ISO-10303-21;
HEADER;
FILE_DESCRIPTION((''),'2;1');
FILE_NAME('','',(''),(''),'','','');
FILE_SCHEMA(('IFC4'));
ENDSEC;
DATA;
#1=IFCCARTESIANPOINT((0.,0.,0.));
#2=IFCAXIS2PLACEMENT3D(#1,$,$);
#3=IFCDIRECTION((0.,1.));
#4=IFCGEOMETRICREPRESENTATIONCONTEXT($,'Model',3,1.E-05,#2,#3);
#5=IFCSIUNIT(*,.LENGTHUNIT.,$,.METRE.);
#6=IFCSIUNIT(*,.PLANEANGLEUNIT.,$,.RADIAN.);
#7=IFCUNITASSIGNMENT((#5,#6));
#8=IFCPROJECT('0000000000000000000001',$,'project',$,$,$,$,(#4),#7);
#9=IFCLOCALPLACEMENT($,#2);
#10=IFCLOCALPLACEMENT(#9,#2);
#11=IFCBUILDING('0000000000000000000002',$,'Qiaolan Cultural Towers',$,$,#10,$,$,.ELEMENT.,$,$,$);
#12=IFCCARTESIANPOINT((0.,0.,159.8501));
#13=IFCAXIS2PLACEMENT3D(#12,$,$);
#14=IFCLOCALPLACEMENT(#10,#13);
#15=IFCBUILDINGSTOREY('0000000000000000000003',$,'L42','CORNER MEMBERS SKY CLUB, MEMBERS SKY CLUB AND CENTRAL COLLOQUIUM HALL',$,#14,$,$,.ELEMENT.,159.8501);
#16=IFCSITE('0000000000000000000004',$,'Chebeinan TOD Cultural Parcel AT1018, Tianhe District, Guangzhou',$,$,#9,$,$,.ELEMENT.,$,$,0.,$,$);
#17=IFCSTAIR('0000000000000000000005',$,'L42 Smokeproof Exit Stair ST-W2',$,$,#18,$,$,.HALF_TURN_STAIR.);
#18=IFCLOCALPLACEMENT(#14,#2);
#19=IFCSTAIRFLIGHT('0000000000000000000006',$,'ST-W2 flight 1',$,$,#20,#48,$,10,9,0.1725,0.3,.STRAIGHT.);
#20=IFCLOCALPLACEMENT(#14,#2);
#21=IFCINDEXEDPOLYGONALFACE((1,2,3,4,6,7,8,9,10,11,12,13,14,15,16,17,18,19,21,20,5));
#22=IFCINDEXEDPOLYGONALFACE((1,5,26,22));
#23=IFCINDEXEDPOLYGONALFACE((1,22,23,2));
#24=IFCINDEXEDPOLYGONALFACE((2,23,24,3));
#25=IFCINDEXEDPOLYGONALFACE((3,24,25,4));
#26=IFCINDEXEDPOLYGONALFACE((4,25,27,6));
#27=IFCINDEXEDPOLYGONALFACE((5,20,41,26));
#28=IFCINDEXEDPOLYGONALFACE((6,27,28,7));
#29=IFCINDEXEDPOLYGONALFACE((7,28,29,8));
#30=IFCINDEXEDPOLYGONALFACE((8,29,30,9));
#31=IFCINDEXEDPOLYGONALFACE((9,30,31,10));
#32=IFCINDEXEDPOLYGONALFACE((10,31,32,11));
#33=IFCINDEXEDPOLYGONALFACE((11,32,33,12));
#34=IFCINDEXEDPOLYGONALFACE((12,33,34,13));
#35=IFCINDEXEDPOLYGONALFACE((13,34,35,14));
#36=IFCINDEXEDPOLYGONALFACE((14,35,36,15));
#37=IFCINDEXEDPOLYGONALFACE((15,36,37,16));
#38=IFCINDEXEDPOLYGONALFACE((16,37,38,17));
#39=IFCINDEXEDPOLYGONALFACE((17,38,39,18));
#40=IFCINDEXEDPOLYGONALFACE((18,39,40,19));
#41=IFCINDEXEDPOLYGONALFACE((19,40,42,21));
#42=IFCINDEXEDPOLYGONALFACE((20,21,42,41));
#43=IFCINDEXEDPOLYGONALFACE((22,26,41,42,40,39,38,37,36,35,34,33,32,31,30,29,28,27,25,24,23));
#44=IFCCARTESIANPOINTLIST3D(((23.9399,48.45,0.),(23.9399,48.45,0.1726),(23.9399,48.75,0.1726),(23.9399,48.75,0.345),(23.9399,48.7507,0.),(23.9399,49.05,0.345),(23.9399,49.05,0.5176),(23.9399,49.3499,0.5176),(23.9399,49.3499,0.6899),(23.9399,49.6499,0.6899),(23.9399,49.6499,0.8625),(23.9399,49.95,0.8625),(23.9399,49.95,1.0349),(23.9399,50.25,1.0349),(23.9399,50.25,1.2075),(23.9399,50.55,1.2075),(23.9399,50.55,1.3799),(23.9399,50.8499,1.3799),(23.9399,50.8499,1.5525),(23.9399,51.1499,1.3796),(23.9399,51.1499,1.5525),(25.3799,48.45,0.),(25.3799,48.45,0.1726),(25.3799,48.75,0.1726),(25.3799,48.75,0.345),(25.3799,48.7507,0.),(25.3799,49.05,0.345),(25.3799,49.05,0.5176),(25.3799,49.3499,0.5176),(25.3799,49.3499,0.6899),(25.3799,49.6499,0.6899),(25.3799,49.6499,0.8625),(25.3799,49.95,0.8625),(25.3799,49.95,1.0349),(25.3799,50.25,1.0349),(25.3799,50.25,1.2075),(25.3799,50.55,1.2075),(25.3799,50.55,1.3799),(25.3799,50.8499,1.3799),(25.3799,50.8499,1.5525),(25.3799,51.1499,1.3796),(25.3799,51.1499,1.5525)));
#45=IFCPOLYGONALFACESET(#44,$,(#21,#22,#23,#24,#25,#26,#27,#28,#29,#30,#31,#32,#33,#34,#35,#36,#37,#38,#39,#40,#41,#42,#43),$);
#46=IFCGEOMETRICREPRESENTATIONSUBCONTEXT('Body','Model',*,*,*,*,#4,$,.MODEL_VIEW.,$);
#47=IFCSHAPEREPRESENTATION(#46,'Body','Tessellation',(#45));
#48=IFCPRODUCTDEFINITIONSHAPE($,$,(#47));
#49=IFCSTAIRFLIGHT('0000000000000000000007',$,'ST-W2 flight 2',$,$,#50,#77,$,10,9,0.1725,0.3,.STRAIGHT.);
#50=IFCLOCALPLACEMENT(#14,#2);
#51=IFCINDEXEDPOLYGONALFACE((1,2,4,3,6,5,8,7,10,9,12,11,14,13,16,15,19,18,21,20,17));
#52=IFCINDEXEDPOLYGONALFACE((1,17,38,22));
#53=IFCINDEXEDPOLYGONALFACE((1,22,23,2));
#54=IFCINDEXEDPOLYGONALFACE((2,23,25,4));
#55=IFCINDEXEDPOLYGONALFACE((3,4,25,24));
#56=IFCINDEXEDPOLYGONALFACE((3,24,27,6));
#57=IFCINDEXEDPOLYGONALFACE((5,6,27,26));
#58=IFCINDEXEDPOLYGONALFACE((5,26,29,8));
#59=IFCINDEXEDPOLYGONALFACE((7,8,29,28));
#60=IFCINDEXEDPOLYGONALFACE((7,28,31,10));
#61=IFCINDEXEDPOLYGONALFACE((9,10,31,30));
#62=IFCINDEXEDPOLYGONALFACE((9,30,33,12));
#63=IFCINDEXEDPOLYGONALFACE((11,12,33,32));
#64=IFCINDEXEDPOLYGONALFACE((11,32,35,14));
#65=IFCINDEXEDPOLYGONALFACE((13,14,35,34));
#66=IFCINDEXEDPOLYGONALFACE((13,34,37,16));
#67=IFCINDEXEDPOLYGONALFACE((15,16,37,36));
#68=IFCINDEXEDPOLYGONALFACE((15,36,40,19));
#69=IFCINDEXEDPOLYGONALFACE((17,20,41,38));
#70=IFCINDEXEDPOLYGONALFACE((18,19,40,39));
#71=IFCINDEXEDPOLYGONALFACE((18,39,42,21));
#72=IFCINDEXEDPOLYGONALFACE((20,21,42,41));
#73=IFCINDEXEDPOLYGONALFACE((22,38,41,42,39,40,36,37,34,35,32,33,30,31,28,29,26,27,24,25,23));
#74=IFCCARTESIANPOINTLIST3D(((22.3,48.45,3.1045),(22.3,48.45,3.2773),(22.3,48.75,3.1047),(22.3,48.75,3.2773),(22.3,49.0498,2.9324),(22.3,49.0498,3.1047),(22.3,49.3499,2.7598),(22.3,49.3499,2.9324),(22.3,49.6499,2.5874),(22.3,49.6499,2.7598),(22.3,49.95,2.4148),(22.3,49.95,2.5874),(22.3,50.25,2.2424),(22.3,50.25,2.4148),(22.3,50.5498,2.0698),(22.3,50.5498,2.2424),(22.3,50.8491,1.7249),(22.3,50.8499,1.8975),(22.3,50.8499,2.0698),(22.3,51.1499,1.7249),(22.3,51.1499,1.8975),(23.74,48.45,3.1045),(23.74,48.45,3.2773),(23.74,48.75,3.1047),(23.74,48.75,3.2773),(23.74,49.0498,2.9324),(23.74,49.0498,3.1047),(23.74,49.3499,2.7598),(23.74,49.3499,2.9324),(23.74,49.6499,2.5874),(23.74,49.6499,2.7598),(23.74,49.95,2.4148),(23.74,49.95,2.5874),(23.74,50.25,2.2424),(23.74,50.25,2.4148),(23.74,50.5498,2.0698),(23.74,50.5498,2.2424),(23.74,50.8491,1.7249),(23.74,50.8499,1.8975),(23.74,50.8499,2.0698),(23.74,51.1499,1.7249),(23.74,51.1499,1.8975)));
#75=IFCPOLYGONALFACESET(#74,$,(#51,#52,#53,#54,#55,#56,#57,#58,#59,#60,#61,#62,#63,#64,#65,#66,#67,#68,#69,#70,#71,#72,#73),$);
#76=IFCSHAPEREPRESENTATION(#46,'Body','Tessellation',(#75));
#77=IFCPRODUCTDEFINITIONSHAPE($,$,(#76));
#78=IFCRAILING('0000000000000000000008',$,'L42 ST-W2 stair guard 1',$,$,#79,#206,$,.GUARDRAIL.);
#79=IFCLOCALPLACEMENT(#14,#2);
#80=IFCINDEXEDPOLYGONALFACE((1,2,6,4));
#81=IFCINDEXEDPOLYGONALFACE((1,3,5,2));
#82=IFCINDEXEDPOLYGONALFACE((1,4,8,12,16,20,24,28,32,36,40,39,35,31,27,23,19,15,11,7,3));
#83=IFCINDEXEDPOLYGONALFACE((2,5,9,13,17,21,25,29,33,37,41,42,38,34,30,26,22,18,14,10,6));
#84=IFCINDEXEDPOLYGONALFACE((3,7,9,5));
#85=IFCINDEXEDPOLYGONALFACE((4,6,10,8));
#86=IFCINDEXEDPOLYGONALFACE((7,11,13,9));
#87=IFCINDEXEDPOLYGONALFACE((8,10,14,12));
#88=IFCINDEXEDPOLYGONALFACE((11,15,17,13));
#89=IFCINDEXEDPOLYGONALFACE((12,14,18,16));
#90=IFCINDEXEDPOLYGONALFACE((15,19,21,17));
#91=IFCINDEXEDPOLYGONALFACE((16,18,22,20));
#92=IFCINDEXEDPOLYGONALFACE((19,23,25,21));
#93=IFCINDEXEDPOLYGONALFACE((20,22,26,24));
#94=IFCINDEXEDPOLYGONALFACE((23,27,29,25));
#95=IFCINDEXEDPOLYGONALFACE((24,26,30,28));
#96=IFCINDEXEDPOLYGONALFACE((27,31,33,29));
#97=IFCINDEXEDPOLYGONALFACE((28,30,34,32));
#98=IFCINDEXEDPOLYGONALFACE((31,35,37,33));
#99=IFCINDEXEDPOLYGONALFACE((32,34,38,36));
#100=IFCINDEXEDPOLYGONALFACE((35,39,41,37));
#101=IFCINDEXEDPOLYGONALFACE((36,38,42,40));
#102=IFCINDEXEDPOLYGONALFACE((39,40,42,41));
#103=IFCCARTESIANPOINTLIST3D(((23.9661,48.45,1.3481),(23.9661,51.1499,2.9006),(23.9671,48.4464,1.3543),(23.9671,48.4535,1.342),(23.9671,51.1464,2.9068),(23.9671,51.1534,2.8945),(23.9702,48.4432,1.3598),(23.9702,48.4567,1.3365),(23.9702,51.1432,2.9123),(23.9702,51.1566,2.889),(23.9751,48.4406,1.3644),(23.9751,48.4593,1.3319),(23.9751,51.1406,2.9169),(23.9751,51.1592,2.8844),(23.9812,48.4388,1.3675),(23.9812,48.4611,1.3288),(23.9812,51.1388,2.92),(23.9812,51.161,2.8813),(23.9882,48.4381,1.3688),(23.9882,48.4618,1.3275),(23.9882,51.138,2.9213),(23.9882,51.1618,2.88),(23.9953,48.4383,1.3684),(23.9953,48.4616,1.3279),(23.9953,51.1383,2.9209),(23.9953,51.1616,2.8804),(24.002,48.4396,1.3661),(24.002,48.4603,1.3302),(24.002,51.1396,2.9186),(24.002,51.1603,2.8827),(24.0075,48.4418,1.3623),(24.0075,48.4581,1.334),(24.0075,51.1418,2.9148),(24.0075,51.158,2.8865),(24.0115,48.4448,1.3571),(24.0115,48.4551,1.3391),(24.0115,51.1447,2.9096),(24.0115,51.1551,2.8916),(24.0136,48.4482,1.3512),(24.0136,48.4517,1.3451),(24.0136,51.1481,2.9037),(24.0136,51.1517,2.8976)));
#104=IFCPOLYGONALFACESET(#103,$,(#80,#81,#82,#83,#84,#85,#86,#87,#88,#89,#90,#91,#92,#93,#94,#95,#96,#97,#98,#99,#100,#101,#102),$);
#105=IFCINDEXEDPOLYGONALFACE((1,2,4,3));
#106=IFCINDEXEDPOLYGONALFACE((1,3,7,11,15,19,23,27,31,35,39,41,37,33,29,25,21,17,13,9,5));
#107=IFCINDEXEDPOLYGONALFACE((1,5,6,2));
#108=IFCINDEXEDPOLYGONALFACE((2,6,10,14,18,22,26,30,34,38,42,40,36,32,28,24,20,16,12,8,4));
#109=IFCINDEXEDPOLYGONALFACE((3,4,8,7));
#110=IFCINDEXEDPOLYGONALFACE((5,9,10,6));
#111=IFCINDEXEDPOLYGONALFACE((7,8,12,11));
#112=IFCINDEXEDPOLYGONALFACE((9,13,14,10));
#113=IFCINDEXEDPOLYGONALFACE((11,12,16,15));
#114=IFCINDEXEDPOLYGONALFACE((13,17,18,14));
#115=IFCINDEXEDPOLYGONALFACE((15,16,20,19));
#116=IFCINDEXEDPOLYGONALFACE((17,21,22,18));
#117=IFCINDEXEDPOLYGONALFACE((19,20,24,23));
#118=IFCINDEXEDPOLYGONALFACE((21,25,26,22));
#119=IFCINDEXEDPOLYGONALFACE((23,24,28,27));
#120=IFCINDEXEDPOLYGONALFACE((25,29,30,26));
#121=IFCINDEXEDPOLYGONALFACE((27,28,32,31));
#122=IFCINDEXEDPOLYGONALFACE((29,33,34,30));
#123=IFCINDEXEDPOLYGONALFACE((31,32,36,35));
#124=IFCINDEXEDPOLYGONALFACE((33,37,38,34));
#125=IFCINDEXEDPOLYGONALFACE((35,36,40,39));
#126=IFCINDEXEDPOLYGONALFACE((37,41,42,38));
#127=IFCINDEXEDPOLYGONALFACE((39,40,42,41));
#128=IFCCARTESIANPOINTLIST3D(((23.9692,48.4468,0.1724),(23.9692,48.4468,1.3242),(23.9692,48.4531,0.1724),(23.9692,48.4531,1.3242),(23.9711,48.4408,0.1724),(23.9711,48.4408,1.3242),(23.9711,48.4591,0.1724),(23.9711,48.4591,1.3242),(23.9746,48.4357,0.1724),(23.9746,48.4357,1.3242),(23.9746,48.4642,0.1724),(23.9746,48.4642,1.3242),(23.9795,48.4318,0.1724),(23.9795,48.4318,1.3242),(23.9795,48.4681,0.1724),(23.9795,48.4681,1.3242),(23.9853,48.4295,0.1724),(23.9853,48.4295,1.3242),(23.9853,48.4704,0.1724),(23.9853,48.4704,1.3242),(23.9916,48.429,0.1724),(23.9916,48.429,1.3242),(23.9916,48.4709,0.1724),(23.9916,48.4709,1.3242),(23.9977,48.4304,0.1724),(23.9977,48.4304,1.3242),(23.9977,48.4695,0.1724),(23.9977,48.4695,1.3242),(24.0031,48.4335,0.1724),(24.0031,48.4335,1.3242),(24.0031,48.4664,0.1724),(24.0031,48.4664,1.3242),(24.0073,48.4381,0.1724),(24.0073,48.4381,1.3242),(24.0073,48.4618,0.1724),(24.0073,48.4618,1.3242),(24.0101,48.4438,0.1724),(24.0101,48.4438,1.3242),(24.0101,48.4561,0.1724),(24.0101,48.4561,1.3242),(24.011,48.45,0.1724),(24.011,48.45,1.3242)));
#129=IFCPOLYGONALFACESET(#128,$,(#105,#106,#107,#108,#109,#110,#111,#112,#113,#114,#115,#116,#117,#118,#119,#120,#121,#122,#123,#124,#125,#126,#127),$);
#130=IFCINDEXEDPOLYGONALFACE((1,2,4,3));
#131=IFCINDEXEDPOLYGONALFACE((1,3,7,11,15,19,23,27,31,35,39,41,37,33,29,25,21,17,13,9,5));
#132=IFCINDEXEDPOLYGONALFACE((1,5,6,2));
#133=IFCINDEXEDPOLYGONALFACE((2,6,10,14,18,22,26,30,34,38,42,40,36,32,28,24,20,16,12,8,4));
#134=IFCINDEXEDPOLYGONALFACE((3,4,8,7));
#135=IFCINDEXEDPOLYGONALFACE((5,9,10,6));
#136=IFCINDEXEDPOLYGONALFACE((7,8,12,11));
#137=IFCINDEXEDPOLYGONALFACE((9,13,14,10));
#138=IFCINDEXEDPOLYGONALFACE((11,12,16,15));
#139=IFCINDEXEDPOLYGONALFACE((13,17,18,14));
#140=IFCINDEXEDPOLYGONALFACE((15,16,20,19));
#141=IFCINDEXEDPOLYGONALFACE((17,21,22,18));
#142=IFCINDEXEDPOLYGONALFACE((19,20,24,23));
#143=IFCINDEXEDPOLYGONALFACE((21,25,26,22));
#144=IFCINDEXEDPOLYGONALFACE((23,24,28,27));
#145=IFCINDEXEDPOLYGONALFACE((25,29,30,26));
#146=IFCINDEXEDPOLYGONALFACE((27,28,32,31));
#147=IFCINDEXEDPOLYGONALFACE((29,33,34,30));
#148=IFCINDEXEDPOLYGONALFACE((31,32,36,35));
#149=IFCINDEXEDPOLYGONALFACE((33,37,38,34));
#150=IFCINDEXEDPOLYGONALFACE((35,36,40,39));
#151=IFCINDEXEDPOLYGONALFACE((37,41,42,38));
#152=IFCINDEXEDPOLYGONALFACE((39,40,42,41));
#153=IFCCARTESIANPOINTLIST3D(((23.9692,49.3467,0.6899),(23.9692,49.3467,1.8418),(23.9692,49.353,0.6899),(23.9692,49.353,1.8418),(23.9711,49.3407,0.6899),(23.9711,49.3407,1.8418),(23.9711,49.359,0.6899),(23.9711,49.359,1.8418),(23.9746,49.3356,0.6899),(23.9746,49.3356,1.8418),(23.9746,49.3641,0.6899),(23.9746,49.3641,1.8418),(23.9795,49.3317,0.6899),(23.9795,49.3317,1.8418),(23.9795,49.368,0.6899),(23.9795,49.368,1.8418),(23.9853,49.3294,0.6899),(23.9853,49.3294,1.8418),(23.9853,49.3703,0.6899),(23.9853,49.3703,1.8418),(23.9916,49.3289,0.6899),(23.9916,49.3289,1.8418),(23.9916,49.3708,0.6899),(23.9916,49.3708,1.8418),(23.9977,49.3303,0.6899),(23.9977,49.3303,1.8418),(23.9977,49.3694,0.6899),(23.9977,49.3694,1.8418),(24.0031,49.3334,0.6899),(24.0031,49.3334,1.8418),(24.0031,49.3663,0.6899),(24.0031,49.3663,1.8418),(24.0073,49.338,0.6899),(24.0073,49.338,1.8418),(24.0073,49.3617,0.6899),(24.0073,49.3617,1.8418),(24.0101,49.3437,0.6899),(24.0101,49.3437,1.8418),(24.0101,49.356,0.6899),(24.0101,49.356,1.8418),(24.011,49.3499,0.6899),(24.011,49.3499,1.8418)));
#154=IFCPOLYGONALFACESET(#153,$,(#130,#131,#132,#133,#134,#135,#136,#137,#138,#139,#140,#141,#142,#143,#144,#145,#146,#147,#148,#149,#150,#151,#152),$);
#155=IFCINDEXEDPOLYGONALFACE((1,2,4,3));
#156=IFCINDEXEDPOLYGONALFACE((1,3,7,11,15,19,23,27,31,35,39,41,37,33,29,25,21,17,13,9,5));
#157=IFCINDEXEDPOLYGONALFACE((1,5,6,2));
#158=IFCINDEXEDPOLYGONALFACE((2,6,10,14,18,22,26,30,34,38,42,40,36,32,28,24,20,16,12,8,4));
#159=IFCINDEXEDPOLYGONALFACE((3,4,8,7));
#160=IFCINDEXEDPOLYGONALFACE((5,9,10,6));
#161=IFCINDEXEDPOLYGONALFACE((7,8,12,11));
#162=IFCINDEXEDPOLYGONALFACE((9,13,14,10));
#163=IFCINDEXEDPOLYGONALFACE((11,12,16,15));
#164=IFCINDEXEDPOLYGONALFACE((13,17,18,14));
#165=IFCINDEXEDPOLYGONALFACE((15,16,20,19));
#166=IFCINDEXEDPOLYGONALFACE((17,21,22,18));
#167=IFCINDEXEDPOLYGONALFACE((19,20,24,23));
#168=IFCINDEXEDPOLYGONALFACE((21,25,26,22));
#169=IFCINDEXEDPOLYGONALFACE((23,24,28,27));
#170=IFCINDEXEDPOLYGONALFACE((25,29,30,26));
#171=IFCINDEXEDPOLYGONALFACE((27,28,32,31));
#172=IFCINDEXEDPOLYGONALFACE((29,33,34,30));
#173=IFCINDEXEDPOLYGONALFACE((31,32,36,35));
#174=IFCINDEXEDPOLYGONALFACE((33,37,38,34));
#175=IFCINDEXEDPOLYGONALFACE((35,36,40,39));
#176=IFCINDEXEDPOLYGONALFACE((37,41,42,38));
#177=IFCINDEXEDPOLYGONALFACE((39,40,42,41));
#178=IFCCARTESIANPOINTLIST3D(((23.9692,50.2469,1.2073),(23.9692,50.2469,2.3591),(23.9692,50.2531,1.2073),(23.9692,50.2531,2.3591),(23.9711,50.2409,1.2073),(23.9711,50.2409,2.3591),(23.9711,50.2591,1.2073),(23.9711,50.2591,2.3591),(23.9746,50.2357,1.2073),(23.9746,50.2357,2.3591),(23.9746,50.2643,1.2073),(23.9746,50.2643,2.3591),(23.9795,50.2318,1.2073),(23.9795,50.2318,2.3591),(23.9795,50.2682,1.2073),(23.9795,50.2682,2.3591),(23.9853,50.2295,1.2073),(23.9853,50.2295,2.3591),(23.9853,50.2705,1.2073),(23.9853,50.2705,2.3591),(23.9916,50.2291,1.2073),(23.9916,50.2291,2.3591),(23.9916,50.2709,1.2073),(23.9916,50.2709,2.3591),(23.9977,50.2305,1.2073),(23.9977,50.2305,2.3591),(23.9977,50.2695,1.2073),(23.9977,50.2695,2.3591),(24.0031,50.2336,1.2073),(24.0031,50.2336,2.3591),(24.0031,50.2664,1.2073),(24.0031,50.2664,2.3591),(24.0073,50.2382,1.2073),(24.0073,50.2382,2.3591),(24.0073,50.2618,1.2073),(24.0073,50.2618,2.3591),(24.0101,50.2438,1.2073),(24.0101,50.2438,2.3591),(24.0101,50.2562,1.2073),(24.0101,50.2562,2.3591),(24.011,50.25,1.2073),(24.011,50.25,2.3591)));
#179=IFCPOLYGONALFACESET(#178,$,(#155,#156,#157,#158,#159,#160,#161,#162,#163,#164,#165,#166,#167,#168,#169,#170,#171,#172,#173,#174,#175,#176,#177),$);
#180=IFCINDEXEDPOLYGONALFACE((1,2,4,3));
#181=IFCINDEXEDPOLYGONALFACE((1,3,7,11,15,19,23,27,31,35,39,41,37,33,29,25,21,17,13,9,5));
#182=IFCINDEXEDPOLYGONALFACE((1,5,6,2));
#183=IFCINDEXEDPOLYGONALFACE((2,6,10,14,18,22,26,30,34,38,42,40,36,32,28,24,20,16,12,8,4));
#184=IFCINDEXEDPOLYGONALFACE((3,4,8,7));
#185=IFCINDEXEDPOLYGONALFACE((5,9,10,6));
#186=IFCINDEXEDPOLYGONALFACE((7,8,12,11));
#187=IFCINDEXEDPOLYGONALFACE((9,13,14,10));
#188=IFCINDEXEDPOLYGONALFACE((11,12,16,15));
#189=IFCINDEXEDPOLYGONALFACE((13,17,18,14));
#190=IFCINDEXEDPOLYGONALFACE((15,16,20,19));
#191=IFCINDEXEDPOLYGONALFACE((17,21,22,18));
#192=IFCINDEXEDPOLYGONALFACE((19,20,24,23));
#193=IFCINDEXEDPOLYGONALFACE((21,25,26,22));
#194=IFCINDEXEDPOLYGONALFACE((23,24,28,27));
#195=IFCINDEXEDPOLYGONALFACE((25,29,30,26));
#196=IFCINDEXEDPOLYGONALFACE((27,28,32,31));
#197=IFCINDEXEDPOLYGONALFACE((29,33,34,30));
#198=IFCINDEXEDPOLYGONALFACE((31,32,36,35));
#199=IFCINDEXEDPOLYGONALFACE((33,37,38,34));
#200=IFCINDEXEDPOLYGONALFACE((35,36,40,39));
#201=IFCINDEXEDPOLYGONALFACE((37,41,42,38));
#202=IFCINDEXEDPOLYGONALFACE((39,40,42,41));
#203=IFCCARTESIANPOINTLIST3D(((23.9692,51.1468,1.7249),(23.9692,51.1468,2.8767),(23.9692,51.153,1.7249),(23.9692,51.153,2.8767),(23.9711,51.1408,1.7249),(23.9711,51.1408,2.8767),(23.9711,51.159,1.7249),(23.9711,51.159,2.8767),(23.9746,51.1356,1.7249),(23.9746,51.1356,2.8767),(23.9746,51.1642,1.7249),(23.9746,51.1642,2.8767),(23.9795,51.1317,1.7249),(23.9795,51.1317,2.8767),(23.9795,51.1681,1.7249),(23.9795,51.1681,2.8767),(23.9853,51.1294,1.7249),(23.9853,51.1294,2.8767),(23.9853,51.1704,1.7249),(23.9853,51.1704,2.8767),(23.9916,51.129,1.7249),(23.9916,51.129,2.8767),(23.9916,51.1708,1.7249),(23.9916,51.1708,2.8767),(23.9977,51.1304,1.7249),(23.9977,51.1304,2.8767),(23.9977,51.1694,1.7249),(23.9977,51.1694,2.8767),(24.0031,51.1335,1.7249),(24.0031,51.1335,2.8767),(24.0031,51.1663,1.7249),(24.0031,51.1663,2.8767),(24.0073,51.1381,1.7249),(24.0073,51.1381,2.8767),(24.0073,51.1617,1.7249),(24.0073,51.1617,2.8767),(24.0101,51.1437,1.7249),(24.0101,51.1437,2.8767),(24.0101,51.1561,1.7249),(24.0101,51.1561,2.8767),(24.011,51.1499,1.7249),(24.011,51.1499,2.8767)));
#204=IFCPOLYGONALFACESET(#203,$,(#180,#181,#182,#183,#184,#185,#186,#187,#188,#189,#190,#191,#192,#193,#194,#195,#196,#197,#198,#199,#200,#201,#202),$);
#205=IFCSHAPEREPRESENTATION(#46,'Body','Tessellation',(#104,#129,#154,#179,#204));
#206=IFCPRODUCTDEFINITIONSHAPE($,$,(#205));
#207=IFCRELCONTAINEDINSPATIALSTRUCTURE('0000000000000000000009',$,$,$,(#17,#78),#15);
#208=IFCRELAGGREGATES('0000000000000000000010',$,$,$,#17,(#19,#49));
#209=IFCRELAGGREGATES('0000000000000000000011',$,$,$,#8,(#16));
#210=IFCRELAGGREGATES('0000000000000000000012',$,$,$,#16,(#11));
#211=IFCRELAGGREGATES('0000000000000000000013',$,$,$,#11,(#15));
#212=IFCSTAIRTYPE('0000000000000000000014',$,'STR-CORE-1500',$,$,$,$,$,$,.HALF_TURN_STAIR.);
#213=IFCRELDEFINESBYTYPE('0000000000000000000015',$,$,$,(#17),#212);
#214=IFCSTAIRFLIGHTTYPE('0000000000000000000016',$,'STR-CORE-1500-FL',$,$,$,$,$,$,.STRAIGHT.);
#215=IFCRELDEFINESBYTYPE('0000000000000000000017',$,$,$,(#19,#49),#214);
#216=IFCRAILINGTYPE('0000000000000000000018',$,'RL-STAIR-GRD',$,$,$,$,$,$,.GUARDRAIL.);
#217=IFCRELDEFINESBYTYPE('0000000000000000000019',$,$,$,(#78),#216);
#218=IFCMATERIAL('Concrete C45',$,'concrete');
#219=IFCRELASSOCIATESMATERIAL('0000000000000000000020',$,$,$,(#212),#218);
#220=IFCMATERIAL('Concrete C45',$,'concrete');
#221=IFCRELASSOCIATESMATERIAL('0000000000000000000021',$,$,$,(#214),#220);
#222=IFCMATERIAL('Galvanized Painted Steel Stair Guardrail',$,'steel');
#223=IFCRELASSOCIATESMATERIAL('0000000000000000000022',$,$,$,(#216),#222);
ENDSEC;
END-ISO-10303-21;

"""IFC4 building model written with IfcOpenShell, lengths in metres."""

from ifc_helpers import new_model, si_unit, direction, frame, origin, origin_2d, place, context, subcontext, project, spatial, polyline, circle, outline, extrude, material, type_object, element, aggregate, save


model = new_model("IFC4")

# Units and contexts
model_context = context("Model", 3, precision=1e-05, world=origin(), true_north=direction((0.0, 1.0)))
body_context = subcontext(model_context, "Body", "Model", "MODEL_VIEW")
ifc_project = project(units=[si_unit("LENGTHUNIT", "METRE"), si_unit("PLANEANGLEUNIT", "RADIAN")], contexts=[model_context])

# Site, building, storey
site_placement = place(None, origin())
site = spatial("IfcSite", under=ifc_project, at=site_placement, Name="Chebeinan TOD Cultural Parcel AT1018, Tianhe District, Guangzhou", CompositionType="ELEMENT", RefElevation=0.0)
building_placement = place(site_placement, origin())
building = spatial("IfcBuilding", under=site, at=building_placement, Name="Qiaolan Cultural Towers", CompositionType="ELEMENT")
storey_placement = place(building_placement, frame((0.0, 0.0, 159.8501)))
storey = spatial("IfcBuildingStorey", under=building, at=storey_placement, Name="L42", Description="CORNER MEMBERS SKY CLUB, MEMBERS SKY CLUB AND CENTRAL COLLOQUIUM HALL", CompositionType="ELEMENT", Elevation=159.8501)

# Stair, stair flights
ifc_material_1 = material(Name="Concrete C45", Category="concrete")
stair_type = type_object("IfcStairType", Name="STR-CORE-1500", PredefinedType="HALF_TURN_STAIR", material=ifc_material_1)
stair_placement = place(storey_placement, origin())
stair = element("IfcStair", 1, at=stair_placement, inside=storey, type_object=stair_type, Name="L42 Smokeproof Exit Stair ST-W2", PredefinedType="HALF_TURN_STAIR")
ifc_material_2 = material(Name="Concrete C45", Category="concrete")
stair_flight_type = type_object("IfcStairFlightType", Name="STR-CORE-1500-FL", PredefinedType="STRAIGHT", material=ifc_material_2)
stair_flight_1_placement = place(storey_placement, frame((24.6599, 48.45, 0.0), z_axis=(0.0, 0.0, 1.0), x_axis=(0.0, 1.0, 0.0)))
stair_flight_1 = element("IfcStairFlight", 2, at=stair_flight_1_placement, type_object=stair_flight_type, Name="ST-W2 flight 1", NumberOfRisers=10, NumberOfTreads=9, PredefinedType="STRAIGHT", RiserHeight=0.1725, TreadLength=0.3, context=body_context, shape_type="SweptSolid", body=[
    extrude(outline(polyline([(0.0, 0.0), (0.0, 0.1726), (0.3, 0.1726), (0.3, 0.345), (0.6001, 0.345), (0.6001, 0.5176), (0.8999, 0.5176), (0.8999, 0.6899), (1.2, 0.6899), (1.2, 0.8625), (1.5, 0.8625), (1.5, 1.0349), (1.8, 1.0349), (1.8, 1.2075), (2.1001, 1.2075), (2.1001, 1.3799), (2.3999, 1.3799), (2.3999, 1.5525), (2.7, 1.5525), (2.7, 1.7251), (2.7, 1.3796), (0.3008, 0.0), (0.0, 0.0)])), frame((0.0, 0.72, 0.0), z_axis=(0.0, -1.0, 0.0), x_axis=(1.0, 0.0, 0.0)), (0.0, 0.0, 1.0), 1.4399),
])
stair_flight_2_placement = place(storey_placement, frame((23.02, 51.1499, 1.7249), z_axis=(0.0, 0.0, 1.0), x_axis=(0.0, -1.0, 0.0)))
stair_flight_2 = element("IfcStairFlight", 3, at=stair_flight_2_placement, type_object=stair_flight_type, Name="ST-W2 flight 2", NumberOfRisers=10, NumberOfTreads=9, PredefinedType="STRAIGHT", RiserHeight=0.1725, TreadLength=0.3, context=body_context, shape_type="SweptSolid", body=[
    extrude(outline(polyline([(0.0, 0.0), (0.0, 0.1726), (0.3, 0.1726), (0.3, 0.345), (0.6001, 0.345), (0.6001, 0.5176), (0.8999, 0.5176), (0.8999, 0.6899), (1.2, 0.6899), (1.2, 0.8625), (1.5, 0.8625), (1.5, 1.0349), (1.8, 1.0349), (1.8, 1.2075), (2.1001, 1.2075), (2.1001, 1.3799), (2.3999, 1.3799), (2.3999, 1.5525), (2.7, 1.5525), (2.7, 1.7251), (2.7, 1.3796), (0.3008, 0.0), (0.0, 0.0)])), frame((0.0, 0.72, 0.0), z_axis=(0.0, -1.0, 0.0), x_axis=(1.0, 0.0, 0.0)), (0.0, 0.0, 1.0), 1.4399),
])
aggregate(stair, [stair_flight_1, stair_flight_2])

# Railing
ifc_material_3 = material(Name="Galvanized Painted Steel Stair Guardrail", Category="steel")
railing_type_1 = type_object("IfcRailingType", Name="RL-STAIR-GRD", PredefinedType="GUARDRAIL", material=ifc_material_3)
railing_1_placement = place(storey_placement, frame((23.99, 48.45, 0.1724)))
element("IfcRailing", 4, at=railing_1_placement, inside=storey, type_object=railing_type_1, Name="L42 ST-W2 stair guard 1", PredefinedType="GUARDRAIL", context=body_context, shape_type="SweptSolid", body=[
    extrude(circle(Radius=0.0239, at=origin_2d()), frame((0.0, 0.0, 1.1758), z_axis=(0.0, 0.866904, 0.498476), x_axis=(-1.0, 0.0, 0.0)), (0.0, 0.0, 1.0), 3.1145),
    extrude(circle(Radius=0.021, at=origin_2d()), origin(), (0.0, 0.0, 1.0), 1.1519),
    extrude(circle(Radius=0.021, at=origin_2d()), frame((0.0, 0.8999, 0.5176)), (0.0, 0.0, 1.0), 1.1519),
    extrude(circle(Radius=0.021, at=origin_2d()), frame((0.0, 1.8, 1.0349)), (0.0, 0.0, 1.0), 1.1519),
    extrude(circle(Radius=0.021, at=origin_2d()), frame((0.0, 2.7, 1.5525)), (0.0, 0.0, 1.0), 1.1519),
])

save(model, "model.ifc")
